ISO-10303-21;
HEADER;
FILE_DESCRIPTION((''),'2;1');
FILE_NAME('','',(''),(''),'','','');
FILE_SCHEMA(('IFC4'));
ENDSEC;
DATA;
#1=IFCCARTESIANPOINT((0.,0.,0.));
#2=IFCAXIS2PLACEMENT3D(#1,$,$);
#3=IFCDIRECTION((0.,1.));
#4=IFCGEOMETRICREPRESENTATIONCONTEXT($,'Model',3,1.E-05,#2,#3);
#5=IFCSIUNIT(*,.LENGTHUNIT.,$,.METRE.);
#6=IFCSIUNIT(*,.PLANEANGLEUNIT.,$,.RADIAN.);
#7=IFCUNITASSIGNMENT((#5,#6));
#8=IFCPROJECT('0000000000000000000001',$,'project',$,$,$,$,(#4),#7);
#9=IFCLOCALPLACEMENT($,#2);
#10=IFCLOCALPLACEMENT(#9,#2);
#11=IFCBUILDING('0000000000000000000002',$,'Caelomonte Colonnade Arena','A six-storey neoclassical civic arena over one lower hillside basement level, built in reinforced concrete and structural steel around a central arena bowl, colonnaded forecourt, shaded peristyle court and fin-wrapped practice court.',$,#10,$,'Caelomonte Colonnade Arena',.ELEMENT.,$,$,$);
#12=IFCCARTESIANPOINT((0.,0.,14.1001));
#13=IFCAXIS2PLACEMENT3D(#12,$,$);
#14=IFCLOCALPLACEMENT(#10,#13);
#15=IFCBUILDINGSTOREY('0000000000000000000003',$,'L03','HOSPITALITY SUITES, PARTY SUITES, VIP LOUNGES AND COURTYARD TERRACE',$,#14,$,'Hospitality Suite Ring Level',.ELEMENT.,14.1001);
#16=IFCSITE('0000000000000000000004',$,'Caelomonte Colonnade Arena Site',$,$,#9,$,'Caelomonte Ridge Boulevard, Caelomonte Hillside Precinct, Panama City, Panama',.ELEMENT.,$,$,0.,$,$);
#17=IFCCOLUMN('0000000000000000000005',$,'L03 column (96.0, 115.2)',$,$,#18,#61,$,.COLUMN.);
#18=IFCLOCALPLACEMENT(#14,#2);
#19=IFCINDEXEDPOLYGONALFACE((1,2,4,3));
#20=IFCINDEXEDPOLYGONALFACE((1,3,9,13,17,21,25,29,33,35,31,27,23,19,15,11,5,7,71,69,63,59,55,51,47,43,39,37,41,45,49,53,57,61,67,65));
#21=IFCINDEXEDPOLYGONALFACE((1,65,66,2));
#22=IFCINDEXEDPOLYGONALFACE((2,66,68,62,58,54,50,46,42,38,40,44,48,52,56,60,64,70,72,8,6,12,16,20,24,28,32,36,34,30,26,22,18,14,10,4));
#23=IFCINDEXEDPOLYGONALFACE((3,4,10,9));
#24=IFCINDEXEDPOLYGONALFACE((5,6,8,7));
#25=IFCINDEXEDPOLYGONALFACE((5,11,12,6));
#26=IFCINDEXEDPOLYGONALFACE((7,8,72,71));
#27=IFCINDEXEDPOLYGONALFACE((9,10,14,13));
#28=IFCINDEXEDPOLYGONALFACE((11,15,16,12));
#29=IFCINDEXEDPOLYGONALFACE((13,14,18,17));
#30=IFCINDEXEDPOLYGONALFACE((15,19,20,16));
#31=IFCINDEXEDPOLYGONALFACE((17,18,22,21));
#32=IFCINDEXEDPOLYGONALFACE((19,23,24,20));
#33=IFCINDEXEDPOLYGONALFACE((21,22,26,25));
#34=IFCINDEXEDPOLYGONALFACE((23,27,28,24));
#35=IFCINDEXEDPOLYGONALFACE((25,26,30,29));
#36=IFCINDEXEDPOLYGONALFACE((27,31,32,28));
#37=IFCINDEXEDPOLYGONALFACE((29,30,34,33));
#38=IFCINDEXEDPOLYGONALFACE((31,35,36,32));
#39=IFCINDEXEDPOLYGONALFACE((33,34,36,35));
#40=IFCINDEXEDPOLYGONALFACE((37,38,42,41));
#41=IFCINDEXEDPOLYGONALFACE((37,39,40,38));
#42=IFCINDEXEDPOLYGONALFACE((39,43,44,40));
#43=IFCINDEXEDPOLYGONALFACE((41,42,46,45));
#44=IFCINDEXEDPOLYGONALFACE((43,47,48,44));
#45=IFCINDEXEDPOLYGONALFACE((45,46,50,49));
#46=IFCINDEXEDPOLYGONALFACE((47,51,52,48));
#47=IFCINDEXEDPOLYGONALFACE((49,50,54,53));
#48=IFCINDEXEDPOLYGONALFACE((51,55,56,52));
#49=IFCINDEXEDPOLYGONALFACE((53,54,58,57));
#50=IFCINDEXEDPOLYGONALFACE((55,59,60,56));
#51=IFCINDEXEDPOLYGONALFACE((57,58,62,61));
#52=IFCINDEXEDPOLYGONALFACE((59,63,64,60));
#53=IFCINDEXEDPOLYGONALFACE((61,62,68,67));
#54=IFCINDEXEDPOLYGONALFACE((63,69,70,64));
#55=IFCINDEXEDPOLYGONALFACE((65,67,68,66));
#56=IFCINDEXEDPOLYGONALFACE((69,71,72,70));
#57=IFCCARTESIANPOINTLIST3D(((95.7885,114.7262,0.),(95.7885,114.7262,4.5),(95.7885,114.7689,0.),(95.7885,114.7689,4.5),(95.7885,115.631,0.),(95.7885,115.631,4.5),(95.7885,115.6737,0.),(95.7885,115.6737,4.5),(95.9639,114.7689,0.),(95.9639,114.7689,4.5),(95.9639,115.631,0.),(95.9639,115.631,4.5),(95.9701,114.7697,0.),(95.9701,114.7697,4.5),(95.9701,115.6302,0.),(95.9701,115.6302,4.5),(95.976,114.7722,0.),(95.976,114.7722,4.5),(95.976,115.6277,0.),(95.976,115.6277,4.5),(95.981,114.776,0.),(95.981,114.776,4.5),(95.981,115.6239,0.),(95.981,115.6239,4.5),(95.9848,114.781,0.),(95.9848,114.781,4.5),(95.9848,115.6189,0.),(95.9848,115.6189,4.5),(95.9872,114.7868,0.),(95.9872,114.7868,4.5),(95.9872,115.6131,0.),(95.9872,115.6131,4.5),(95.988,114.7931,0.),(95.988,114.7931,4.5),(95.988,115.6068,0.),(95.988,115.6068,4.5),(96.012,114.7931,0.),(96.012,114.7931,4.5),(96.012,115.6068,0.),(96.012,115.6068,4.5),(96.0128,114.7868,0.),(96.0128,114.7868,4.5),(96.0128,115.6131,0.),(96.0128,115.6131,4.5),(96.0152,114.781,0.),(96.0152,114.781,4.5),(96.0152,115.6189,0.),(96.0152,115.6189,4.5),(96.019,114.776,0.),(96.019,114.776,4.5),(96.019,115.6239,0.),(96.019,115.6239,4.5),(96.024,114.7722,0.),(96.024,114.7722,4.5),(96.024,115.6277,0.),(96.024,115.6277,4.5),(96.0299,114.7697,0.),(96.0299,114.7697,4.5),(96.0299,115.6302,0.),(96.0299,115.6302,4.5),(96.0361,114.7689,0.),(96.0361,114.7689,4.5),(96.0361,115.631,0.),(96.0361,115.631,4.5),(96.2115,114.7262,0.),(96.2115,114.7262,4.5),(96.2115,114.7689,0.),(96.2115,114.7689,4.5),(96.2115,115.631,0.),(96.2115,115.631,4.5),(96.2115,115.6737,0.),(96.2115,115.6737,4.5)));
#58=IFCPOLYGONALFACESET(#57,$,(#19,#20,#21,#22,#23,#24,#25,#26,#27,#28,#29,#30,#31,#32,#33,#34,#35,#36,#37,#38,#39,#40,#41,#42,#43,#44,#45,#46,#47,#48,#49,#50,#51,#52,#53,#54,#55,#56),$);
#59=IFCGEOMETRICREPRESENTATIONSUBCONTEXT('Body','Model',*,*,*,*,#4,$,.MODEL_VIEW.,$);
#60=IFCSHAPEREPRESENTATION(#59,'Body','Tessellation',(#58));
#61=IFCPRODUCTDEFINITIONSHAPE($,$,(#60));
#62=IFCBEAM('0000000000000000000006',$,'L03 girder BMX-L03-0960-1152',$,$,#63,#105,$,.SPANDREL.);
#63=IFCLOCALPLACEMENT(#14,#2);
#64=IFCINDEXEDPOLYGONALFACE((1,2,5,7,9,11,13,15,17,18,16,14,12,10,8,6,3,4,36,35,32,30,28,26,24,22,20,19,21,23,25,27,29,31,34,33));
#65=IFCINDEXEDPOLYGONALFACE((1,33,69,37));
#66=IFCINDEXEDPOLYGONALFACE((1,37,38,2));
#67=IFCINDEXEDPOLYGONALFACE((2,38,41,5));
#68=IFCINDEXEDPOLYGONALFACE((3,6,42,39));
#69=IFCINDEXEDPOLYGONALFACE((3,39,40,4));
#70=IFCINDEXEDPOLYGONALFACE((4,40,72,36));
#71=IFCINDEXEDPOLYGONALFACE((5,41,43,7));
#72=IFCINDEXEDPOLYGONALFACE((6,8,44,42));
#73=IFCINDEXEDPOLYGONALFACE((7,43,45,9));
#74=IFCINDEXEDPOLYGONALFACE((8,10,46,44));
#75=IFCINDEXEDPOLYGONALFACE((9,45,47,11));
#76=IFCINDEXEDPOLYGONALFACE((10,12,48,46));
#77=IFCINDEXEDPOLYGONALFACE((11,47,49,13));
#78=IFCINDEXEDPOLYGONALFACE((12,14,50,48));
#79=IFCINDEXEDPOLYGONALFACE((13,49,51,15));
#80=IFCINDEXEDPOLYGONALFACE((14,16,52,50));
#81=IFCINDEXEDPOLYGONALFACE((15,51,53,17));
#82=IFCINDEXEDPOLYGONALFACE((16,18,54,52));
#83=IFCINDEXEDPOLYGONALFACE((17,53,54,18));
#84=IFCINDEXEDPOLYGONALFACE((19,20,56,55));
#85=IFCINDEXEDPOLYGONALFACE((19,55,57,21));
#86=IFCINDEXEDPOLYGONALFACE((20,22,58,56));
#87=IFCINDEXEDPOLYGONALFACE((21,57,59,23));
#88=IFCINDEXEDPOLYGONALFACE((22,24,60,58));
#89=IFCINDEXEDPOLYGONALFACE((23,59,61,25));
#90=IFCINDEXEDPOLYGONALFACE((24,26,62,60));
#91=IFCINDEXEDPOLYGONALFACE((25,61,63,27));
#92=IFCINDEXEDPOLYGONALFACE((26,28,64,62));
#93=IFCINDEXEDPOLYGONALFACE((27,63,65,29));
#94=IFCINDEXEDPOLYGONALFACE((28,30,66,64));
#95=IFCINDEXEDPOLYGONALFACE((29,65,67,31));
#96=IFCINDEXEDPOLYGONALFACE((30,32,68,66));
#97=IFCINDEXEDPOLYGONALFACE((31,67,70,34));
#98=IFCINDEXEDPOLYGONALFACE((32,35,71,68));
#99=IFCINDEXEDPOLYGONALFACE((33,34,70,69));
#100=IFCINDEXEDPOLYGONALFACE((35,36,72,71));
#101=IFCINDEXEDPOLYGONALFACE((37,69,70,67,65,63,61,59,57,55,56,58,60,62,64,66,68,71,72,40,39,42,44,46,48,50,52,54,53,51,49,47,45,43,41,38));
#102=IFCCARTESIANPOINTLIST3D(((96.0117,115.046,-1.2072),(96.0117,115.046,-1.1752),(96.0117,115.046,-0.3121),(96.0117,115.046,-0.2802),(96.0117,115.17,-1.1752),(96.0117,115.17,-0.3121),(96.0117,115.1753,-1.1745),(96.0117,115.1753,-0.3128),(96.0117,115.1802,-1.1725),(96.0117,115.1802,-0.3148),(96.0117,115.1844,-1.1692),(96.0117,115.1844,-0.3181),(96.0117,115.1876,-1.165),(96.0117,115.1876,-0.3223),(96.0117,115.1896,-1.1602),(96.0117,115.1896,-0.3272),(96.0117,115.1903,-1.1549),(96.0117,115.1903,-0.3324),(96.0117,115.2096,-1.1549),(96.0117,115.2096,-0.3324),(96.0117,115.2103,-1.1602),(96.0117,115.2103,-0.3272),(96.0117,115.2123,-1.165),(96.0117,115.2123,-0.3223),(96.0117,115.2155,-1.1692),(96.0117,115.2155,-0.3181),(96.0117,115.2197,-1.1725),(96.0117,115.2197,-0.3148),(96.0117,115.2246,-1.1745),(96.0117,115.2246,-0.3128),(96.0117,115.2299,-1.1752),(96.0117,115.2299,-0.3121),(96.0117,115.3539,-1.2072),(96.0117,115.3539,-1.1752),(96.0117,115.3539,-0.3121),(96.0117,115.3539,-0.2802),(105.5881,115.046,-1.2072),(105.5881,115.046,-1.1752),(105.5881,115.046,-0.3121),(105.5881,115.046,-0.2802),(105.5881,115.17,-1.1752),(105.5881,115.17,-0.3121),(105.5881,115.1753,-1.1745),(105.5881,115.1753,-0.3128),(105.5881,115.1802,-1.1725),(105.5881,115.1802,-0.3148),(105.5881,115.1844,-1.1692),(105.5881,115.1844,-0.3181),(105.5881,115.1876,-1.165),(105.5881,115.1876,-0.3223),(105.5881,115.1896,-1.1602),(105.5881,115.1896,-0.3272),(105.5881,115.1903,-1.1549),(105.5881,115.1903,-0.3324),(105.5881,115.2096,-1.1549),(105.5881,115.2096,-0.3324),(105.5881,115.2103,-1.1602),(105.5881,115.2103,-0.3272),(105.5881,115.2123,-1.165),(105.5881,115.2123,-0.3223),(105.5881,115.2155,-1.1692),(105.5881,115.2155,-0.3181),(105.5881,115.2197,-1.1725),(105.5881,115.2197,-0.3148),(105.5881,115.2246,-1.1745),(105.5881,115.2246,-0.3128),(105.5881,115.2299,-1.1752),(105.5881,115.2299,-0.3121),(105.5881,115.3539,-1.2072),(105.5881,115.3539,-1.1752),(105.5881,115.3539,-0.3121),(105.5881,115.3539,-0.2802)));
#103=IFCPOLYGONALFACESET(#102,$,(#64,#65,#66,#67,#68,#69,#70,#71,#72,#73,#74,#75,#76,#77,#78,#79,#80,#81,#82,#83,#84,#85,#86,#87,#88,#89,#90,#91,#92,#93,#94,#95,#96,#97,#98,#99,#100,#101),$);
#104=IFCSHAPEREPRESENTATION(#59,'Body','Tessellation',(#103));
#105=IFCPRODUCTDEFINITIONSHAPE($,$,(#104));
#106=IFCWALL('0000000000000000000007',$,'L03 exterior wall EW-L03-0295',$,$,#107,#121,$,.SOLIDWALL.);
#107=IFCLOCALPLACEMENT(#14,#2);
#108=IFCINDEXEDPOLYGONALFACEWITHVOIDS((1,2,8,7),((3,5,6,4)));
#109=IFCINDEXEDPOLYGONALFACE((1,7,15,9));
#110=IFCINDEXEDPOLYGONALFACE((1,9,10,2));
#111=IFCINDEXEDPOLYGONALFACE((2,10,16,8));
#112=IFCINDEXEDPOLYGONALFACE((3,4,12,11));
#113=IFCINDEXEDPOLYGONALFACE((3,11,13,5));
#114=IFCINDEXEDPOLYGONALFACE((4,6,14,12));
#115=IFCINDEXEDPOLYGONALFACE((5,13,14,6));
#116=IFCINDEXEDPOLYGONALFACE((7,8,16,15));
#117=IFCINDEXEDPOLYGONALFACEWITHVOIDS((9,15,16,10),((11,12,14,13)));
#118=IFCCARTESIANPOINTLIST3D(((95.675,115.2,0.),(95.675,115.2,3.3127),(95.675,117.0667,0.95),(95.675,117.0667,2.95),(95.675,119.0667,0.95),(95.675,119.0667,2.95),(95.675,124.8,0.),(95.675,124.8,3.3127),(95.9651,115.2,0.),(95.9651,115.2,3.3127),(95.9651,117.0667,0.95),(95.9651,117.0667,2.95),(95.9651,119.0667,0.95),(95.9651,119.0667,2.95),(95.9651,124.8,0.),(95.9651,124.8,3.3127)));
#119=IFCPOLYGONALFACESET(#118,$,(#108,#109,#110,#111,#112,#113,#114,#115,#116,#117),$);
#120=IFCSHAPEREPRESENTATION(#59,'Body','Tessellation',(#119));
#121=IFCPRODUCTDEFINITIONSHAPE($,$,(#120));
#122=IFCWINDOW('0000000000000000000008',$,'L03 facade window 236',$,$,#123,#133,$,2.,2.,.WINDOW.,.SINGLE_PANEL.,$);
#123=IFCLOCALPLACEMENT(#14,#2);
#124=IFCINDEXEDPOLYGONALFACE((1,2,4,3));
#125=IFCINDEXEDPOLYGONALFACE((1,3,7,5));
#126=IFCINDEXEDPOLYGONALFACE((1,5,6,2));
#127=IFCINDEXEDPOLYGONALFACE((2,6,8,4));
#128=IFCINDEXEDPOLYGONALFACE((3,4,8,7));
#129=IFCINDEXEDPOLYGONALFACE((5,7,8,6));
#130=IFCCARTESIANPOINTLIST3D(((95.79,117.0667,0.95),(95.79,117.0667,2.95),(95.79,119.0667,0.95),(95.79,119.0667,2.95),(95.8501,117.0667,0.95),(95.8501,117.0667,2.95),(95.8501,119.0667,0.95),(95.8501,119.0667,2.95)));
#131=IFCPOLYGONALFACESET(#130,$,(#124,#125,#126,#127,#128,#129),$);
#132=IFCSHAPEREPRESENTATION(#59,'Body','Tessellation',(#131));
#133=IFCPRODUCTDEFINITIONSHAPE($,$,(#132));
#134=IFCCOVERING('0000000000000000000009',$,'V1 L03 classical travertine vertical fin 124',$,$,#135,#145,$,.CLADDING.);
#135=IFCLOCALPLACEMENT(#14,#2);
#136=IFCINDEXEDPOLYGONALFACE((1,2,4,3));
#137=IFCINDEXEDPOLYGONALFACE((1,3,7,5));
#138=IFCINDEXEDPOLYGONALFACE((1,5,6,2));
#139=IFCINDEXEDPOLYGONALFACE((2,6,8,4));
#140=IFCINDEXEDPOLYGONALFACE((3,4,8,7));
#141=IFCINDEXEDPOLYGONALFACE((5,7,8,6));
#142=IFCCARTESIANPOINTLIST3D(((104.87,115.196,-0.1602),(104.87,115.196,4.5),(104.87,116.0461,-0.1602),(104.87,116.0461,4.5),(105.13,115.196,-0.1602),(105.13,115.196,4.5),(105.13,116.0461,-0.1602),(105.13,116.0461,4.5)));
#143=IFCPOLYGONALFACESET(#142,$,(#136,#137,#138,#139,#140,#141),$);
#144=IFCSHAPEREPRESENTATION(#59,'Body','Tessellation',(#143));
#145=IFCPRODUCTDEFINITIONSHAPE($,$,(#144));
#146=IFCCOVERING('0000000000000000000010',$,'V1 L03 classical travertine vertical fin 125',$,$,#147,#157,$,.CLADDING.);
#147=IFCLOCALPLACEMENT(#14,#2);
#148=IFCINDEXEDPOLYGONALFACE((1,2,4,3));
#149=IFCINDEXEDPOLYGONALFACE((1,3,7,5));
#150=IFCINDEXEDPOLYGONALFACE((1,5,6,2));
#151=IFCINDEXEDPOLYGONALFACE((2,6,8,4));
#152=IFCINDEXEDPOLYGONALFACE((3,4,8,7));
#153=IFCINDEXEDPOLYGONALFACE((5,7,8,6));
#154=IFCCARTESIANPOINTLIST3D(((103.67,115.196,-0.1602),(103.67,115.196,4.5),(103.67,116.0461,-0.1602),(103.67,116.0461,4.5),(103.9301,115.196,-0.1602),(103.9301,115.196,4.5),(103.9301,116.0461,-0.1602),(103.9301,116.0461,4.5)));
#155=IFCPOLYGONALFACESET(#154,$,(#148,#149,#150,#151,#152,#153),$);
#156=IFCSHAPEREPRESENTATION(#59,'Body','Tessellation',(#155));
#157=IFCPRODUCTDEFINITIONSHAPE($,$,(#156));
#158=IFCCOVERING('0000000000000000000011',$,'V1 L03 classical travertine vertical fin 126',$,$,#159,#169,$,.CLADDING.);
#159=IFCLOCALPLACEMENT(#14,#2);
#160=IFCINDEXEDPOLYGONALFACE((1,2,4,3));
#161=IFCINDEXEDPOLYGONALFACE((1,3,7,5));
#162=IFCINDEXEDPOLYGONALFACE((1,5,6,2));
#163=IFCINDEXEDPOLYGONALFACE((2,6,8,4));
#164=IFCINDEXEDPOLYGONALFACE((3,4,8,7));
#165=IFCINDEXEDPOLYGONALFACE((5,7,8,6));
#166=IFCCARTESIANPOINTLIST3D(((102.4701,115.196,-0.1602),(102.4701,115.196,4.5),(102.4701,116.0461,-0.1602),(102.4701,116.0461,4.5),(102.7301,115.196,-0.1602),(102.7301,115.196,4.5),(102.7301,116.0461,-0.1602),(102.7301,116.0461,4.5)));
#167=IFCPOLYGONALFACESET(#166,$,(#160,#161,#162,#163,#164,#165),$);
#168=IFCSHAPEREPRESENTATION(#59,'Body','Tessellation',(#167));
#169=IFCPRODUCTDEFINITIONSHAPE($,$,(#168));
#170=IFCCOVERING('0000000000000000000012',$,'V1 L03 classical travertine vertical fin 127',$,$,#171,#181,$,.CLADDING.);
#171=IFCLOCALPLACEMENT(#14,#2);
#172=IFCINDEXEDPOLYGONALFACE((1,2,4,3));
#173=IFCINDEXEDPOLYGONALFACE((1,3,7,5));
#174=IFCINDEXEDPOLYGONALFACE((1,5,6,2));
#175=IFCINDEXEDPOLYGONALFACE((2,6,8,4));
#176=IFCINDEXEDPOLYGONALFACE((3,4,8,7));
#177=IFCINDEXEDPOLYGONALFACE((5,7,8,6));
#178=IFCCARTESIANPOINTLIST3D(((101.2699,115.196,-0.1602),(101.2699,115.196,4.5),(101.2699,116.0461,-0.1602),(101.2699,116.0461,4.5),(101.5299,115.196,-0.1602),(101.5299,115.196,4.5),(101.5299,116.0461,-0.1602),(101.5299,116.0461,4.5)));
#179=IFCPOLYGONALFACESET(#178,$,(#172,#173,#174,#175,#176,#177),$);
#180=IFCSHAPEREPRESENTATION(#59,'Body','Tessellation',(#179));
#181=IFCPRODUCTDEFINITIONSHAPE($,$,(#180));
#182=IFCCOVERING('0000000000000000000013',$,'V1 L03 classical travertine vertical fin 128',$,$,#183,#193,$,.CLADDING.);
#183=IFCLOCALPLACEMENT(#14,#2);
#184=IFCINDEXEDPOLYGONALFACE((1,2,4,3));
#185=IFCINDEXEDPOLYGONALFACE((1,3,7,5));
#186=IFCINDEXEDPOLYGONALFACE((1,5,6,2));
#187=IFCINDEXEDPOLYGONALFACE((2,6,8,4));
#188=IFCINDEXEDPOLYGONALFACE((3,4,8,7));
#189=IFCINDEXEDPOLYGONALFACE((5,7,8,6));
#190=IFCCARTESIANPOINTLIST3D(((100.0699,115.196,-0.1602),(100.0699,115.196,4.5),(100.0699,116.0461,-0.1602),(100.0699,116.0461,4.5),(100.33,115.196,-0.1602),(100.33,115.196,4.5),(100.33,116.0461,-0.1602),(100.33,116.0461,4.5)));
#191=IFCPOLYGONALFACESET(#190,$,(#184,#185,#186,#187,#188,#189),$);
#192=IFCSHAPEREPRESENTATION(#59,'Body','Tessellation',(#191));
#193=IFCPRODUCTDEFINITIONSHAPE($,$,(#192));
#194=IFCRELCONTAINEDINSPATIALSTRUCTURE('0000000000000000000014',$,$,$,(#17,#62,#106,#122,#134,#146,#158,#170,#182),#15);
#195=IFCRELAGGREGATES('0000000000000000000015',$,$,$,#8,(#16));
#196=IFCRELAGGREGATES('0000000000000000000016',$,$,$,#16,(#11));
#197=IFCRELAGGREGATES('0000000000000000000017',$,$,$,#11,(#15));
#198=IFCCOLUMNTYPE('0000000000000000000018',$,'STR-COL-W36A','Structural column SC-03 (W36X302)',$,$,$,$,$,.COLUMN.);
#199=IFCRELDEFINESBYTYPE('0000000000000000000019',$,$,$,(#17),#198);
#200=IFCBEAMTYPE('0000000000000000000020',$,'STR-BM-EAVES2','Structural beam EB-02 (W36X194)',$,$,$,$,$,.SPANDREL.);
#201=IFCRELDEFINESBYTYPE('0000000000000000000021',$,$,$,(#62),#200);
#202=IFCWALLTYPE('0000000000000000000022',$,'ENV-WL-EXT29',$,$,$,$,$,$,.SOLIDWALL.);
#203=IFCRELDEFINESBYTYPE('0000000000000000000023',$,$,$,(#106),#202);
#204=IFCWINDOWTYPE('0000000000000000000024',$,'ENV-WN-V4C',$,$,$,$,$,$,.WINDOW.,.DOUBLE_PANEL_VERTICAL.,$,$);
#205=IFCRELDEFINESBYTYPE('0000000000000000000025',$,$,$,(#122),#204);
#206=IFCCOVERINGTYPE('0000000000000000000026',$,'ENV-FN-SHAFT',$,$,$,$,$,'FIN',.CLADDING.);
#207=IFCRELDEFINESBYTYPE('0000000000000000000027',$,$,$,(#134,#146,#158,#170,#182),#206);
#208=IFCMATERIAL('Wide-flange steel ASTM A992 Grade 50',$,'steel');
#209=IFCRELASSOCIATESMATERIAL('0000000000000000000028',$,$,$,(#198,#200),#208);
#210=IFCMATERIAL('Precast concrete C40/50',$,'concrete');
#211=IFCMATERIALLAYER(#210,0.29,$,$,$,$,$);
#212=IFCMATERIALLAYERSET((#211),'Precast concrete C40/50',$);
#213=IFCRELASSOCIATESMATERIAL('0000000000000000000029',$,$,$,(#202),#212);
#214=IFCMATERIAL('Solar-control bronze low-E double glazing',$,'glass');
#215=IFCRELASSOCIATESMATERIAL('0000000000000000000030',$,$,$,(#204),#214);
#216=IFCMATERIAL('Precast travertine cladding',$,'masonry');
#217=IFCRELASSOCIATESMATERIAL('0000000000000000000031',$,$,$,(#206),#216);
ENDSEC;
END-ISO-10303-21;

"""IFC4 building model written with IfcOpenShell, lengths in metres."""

from ifc_helpers import new_model, si_unit, direction, frame, frame_2d, origin, origin_2d, place, context, subcontext, project, spatial, rectangle, i_section, extrude, material, layer, layer_set, material_profile, profile_set, type_object, element, fill, save


model = new_model("IFC4")

# Units and contexts
model_context = context("Model", 3, precision=1e-05, world=origin(), true_north=direction((0.0, 1.0)))
body_context = subcontext(model_context, "Body", "Model", "MODEL_VIEW")
ifc_project = project(units=[si_unit("LENGTHUNIT", "METRE"), si_unit("PLANEANGLEUNIT", "RADIAN")], contexts=[model_context])

# Site, building, storey
site_placement = place(None, origin())
site = spatial("IfcSite", under=ifc_project, at=site_placement, Name="Caelomonte Colonnade Arena Site", LongName="Caelomonte Ridge Boulevard, Caelomonte Hillside Precinct, Panama City, Panama", CompositionType="ELEMENT", RefElevation=0.0)
building_placement = place(site_placement, origin())
building = spatial("IfcBuilding", under=site, at=building_placement, Name="Caelomonte Colonnade Arena", Description="A six-storey neoclassical civic arena over one lower hillside basement level, built in reinforced concrete and structural steel around a central arena bowl, colonnaded forecourt, shaded peristyle court and fin-wrapped practice court.", LongName="Caelomonte Colonnade Arena", CompositionType="ELEMENT")
storey_placement = place(building_placement, frame((0.0, 0.0, 14.1001)))
storey = spatial("IfcBuildingStorey", under=building, at=storey_placement, Name="L03", Description="HOSPITALITY SUITES, PARTY SUITES, VIP LOUNGES AND COURTYARD TERRACE", LongName="Hospitality Suite Ring Level", CompositionType="ELEMENT", Elevation=14.1001)

# Column
ifc_material_1 = material(Name="Wide-flange steel ASTM A992 Grade 50", Category="steel")
ifc_material_profile_1 = material_profile(ifc_material_1, i_section(OverallWidth=0.4231, OverallDepth=0.9475, WebThickness=0.0239, FlangeThickness=0.0427, FilletRadius=0.0242, at=origin_2d()), Name="W36X302")
ifc_profile_set_1 = profile_set([ifc_material_profile_1], Name="Wide-flange steel ASTM A992 Grade 50")
column_type = type_object("IfcColumnType", Name="STR-COL-W36A", Description="Structural column SC-03 (W36X302)", PredefinedType="COLUMN", material=ifc_profile_set_1)
column_placement = place(storey_placement, frame((96.0, 115.2, 0.0), z_axis=(0.0, 0.0, 1.0), x_axis=(1.0, 0.0, 0.0)))
element("IfcColumn", 1, at=column_placement, inside=storey, type_object=column_type, Name="L03 column (96.0, 115.2)", PredefinedType="COLUMN", context=body_context, shape_type="SweptSolid", body=[
    extrude(i_section(OverallWidth=0.4231, OverallDepth=0.9475, WebThickness=0.0239, FlangeThickness=0.0427, FilletRadius=0.0242, at=origin_2d()), origin(), (0.0, 0.0, 1.0), 4.5),
])

# Beam
ifc_material_profile_2 = material_profile(ifc_material_1, i_section(OverallWidth=0.3079, OverallDepth=0.927, WebThickness=0.0193, FlangeThickness=0.032, FilletRadius=0.0203, at=origin_2d()), Name="W36X194")
ifc_profile_set_2 = profile_set([ifc_material_profile_2], Name="Wide-flange steel ASTM A992 Grade 50")
beam_type = type_object("IfcBeamType", Name="STR-BM-EAVES2", Description="Structural beam EB-02 (W36X194)", PredefinedType="SPANDREL", material=ifc_profile_set_2)
beam_placement = place(storey_placement, frame((96.0117, 115.2, -0.7437), z_axis=(1.0, 0.0, 0.0), x_axis=(0.0, 1.0, 0.0)))
element("IfcBeam", 2, at=beam_placement, inside=storey, type_object=beam_type, Name="L03 girder BMX-L03-0960-1152", PredefinedType="SPANDREL", context=body_context, shape_type="SweptSolid", body=[
    extrude(i_section(OverallWidth=0.3079, OverallDepth=0.927, WebThickness=0.0193, FlangeThickness=0.032, FilletRadius=0.0203, at=origin_2d()), origin(), (0.0, 0.0, 1.0), 9.5764),
])

# Wall, opening, window
ifc_material_2 = material(Name="Precast concrete C40/50", Category="concrete")
ifc_layer = layer(ifc_material_2, 0.29)
ifc_layer_set = layer_set([ifc_layer], Name="Precast concrete C40/50")
wall_type = type_object("IfcWallType", Name="ENV-WL-EXT29", PredefinedType="SOLIDWALL", material=ifc_layer_set)
wall_placement = place(storey_placement, frame((95.8201, 115.2, 0.0), z_axis=(0.0, 0.0, 1.0), x_axis=(0.0, 1.0, 0.0)))
wall = element("IfcWall", 3, at=wall_placement, inside=storey, type_object=wall_type, Name="L03 exterior wall EW-L03-0295", PredefinedType="SOLIDWALL", context=body_context, shape_type="SweptSolid", body=[
    extrude(rectangle(XDim=9.6001, YDim=0.29, at=frame_2d((4.8, 0.0))), origin(), (0.0, 0.0, 1.0), 3.3127),
])
opening_placement = place(wall_placement, frame((3.8667, 0.0, 0.95), z_axis=(0.0, 0.0, 1.0), x_axis=(-1.0, 0.0, 0.0)))
opening = element("IfcOpeningElement", 4, at=opening_placement, cuts=wall, PredefinedType="OPENING", context=body_context, shape_type="SweptSolid", body=[
    extrude(rectangle(XDim=2.0, YDim=2.0, at=frame_2d((1.0, 1.0))), frame((0.0, 0.155, 0.0), z_axis=(0.0, -1.0, 0.0), x_axis=(1.0, 0.0, 0.0)), (0.0, 0.0, 1.0), 0.3101),
])
ifc_material_3 = material(Name="Solar-control bronze low-E double glazing", Category="glass")
window_type = type_object("IfcWindowType", Name="ENV-WN-V4C", PartitioningType="DOUBLE_PANEL_VERTICAL", PredefinedType="WINDOW", material=ifc_material_3)
window_placement = place(opening_placement, origin())
window = element("IfcWindow", 5, at=window_placement, inside=storey, type_object=window_type, Name="L03 facade window 236", OverallHeight=2.0, OverallWidth=2.0, PartitioningType="SINGLE_PANEL", PredefinedType="WINDOW", context=body_context, shape_type="SweptSolid", body=[
    extrude(rectangle(XDim=2.0, YDim=2.0, at=frame_2d((1.0, 1.0))), frame((0.0, 0.03, 0.0), z_axis=(0.0, -1.0, 0.0), x_axis=(1.0, 0.0, 0.0)), (0.0, 0.0, 1.0), 0.0601),
])
fill(opening, window)

# Coverings
ifc_material_4 = material(Name="Precast travertine cladding", Category="masonry")
ifc_material_profile_3 = material_profile(ifc_material_4, rectangle(XDim=0.26, YDim=0.8501, at=origin_2d()), Name="FIN260X850")
ifc_profile_set_3 = profile_set([ifc_material_profile_3], Name="Precast travertine cladding")
covering_type = type_object("IfcCoveringType", Name="ENV-FN-SHAFT", ElementType="FIN", PredefinedType="CLADDING", material=ifc_profile_set_3)
for number, where, z_axis, x_axis, name in (
    (6, (105.0, 115.6211, -0.1602), (0.0, 0.0, 1.0), (1.0, 0.0, 0.0), "V1 L03 classical travertine vertical fin 124"),
    (7, (103.8, 115.6211, -0.1602), (0.0, 0.0, 1.0), (1.0, 0.0, 0.0), "V1 L03 classical travertine vertical fin 125"),
    (8, (102.6001, 115.6211, -0.1602), (0.0, 0.0, 1.0), (1.0, 0.0, 0.0), "V1 L03 classical travertine vertical fin 126"),
    (9, (101.3999, 115.6211, -0.1602), (0.0, 0.0, 1.0), (1.0, 0.0, 0.0), "V1 L03 classical travertine vertical fin 127"),
    (10, (100.2, 115.6211, -0.1602), (0.0, 0.0, 1.0), (1.0, 0.0, 0.0), "V1 L03 classical travertine vertical fin 128"),
):
    element("IfcCovering", number, at=place(storey_placement, frame(where, z_axis=z_axis, x_axis=x_axis)), inside=storey, type_object=covering_type, Name=name, PredefinedType="CLADDING", context=body_context, shape_type="SweptSolid", body=[
        extrude(rectangle(XDim=0.26, YDim=0.8501, at=origin_2d()), origin(), (0.0, 0.0, 1.0), 4.6602),
    ])

save(model, "model.ifc")
